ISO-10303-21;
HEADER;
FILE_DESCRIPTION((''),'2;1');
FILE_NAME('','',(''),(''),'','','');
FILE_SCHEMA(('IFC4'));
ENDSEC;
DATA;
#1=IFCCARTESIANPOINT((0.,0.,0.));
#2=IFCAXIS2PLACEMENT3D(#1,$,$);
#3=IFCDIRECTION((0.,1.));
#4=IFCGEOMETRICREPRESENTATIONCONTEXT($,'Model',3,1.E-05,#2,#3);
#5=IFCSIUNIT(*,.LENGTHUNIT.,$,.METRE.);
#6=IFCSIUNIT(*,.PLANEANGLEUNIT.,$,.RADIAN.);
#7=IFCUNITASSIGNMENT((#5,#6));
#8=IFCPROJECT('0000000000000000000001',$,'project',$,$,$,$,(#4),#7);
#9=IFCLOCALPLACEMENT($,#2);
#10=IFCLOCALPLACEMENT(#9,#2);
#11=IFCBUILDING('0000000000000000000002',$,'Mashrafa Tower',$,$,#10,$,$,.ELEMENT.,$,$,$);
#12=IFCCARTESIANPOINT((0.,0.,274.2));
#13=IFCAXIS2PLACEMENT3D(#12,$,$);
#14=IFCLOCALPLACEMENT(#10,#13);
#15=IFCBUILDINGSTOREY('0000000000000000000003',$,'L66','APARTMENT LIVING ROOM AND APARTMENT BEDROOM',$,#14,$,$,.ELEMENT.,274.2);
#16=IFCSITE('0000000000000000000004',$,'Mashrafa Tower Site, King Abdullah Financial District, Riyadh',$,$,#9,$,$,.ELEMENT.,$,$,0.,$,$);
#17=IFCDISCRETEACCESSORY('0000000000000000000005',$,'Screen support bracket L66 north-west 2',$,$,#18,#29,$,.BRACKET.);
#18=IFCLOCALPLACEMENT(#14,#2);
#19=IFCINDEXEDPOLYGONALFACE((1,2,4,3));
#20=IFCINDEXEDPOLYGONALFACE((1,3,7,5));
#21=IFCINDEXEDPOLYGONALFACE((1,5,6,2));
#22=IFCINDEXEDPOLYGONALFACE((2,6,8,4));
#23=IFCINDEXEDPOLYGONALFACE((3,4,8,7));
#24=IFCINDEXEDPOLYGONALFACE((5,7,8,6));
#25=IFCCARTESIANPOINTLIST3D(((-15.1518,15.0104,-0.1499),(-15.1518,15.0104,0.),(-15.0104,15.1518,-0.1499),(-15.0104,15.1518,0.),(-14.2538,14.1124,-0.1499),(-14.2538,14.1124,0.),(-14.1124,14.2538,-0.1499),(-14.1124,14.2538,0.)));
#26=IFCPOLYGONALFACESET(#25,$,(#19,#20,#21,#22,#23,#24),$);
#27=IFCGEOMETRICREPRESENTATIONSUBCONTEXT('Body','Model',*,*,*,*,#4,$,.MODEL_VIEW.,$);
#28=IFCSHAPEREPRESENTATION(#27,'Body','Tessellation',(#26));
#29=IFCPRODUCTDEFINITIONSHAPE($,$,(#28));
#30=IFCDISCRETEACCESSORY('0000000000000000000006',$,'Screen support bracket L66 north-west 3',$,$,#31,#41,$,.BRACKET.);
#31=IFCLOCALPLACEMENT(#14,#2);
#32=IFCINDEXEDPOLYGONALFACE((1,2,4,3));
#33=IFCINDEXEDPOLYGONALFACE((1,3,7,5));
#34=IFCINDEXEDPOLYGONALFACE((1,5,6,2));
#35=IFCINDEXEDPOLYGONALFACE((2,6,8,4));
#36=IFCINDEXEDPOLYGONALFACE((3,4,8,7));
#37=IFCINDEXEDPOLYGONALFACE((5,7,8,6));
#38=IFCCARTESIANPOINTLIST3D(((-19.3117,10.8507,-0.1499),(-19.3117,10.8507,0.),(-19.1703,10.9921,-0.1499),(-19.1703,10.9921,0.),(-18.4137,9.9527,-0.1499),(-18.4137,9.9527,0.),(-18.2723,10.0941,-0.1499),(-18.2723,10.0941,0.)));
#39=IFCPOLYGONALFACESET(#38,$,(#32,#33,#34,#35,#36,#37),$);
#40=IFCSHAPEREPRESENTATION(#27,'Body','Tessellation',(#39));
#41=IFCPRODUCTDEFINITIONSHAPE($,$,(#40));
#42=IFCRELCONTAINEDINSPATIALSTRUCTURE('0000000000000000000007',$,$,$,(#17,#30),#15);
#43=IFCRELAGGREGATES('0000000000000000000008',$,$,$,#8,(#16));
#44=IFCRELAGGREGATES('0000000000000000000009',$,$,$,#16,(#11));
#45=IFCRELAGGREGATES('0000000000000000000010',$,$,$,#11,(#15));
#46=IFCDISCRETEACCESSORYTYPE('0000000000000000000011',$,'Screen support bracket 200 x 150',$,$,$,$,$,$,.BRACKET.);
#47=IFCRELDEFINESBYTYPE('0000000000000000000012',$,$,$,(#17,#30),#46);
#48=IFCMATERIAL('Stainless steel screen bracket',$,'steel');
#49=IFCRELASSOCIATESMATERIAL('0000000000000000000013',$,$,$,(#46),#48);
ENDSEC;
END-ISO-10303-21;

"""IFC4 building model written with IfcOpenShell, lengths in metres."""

from ifc_helpers import new_model, si_unit, direction, frame, origin, origin_2d, place, context, subcontext, project, spatial, rectangle, extrude, source, transform, mapped, material, type_object, type_shapes, element, save


model = new_model("IFC4")

# Units and contexts
model_context = context("Model", 3, precision=1e-05, world=origin(), true_north=direction((0.0, 1.0)))
body_context = subcontext(model_context, "Body", "Model", "MODEL_VIEW")
ifc_project = project(units=[si_unit("LENGTHUNIT", "METRE"), si_unit("PLANEANGLEUNIT", "RADIAN")], contexts=[model_context])

# Site, building, storey
site_placement = place(None, origin())
site = spatial("IfcSite", under=ifc_project, at=site_placement, Name="Mashrafa Tower Site, King Abdullah Financial District, Riyadh", CompositionType="ELEMENT", RefElevation=0.0)
building_placement = place(site_placement, origin())
building = spatial("IfcBuilding", under=site, at=building_placement, Name="Mashrafa Tower", CompositionType="ELEMENT")
storey_placement = place(building_placement, frame((0.0, 0.0, 274.2)))
storey = spatial("IfcBuildingStorey", under=building, at=storey_placement, Name="L66", Description="APARTMENT LIVING ROOM AND APARTMENT BEDROOM", CompositionType="ELEMENT", Elevation=274.2)

# Discrete accessories
ifc_material_1 = material(Name="Stainless steel screen bracket", Category="steel")
discrete_accessory_type = type_object("IfcDiscreteAccessoryType", Name="Screen support bracket 200 x 150", PredefinedType="BRACKET", material=ifc_material_1)
shared_shape_1 = source(origin(), body_context, "Body", "SweptSolid", [
    extrude(rectangle(XDim=0.2, YDim=1.27, at=origin_2d()), origin(), (0.0, 0.0, 1.0), 0.1499),
])
type_shapes(discrete_accessory_type, [shared_shape_1])
for number, where, z_axis, x_axis, name in (
    (1, (-14.6321, 14.6321, -0.1499), (0.0, 0.0, 1.0), (-0.707107, -0.707107, 0.0), "Screen support bracket L66 north-west 2"),
    (2, (-18.792, 10.4724, -0.1499), (0.0, 0.0, 1.0), (-0.707107, -0.707107, 0.0), "Screen support bracket L66 north-west 3"),
):
    element("IfcDiscreteAccessory", number, at=place(storey_placement, frame(where, z_axis=z_axis, x_axis=x_axis)), inside=storey, type_object=discrete_accessory_type, Name=name, PredefinedType="BRACKET", context=body_context, shape_type="MappedRepresentation", body=[
        mapped(shared_shape_1, transform((0.0, 0.0, 0.0))),
    ])

save(model, "model.ifc")
